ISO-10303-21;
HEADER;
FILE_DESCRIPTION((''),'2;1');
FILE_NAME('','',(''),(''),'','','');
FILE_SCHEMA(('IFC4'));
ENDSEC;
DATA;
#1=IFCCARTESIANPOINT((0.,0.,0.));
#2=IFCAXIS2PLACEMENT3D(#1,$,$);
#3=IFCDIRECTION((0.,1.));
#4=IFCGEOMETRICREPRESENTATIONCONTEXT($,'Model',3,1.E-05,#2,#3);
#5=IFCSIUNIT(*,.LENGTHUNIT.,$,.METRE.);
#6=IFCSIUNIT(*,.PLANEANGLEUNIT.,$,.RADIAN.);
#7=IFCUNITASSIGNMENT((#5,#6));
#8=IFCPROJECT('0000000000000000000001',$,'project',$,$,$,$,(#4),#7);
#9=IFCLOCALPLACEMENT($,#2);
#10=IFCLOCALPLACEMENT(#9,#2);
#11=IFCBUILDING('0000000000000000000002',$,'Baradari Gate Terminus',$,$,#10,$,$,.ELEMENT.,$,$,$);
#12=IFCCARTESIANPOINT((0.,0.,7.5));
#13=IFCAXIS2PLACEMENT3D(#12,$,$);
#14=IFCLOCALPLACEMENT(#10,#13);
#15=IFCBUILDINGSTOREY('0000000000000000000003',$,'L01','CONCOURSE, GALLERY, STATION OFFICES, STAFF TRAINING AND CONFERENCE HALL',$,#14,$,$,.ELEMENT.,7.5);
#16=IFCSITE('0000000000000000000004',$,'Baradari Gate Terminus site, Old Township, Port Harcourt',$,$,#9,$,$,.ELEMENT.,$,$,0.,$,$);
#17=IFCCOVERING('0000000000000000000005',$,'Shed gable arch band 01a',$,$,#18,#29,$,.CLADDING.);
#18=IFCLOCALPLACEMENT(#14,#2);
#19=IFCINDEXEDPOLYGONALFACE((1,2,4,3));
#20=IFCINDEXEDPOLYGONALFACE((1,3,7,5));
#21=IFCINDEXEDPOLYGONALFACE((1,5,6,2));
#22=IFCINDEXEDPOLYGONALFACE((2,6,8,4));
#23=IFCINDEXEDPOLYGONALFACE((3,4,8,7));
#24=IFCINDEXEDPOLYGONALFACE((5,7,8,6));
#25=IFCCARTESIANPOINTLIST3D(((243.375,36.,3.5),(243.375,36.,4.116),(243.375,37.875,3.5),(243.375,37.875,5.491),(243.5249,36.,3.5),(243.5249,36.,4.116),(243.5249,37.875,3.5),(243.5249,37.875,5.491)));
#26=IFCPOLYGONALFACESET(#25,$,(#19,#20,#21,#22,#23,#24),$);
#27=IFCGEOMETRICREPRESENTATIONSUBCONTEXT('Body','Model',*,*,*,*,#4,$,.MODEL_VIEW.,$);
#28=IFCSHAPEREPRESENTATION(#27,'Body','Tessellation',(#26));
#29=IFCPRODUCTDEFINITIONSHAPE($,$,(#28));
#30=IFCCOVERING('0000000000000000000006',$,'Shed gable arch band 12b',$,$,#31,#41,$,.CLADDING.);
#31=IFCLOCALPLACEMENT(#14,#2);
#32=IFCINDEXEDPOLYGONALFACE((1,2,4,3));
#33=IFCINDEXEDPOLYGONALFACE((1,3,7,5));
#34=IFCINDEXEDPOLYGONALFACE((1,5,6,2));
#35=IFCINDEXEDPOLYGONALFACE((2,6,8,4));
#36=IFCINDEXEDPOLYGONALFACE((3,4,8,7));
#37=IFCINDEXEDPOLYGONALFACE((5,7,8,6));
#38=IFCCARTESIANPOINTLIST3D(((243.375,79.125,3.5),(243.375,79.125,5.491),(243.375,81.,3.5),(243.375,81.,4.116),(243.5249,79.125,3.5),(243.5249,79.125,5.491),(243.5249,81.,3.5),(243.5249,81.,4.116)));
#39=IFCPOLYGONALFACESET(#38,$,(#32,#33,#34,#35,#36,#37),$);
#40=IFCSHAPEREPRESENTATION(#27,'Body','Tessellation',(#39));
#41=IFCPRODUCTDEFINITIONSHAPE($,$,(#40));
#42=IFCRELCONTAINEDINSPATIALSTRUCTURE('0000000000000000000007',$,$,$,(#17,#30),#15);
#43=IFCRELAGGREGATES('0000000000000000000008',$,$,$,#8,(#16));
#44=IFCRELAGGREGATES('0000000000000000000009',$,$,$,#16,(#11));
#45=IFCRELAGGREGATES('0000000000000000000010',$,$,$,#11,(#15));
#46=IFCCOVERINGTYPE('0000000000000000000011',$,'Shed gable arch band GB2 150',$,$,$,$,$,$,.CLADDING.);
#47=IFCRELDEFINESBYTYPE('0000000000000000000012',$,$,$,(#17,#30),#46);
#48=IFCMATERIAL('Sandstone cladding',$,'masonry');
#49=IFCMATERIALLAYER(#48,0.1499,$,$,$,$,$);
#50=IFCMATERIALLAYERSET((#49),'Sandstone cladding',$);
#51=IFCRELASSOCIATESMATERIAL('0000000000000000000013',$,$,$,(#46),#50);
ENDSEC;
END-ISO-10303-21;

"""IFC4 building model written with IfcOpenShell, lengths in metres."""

from ifc_helpers import new_model, si_unit, direction, frame, origin, place, context, subcontext, project, spatial, polyline, outline, extrude, material, layer, layer_set, type_object, element, save


model = new_model("IFC4")

# Units and contexts
model_context = context("Model", 3, precision=1e-05, world=origin(), true_north=direction((0.0, 1.0)))
body_context = subcontext(model_context, "Body", "Model", "MODEL_VIEW")
ifc_project = project(units=[si_unit("LENGTHUNIT", "METRE"), si_unit("PLANEANGLEUNIT", "RADIAN")], contexts=[model_context])

# Site, building, storey
site_placement = place(None, origin())
site = spatial("IfcSite", under=ifc_project, at=site_placement, Name="Baradari Gate Terminus site, Old Township, Port Harcourt", CompositionType="ELEMENT", RefElevation=0.0)
building_placement = place(site_placement, origin())
building = spatial("IfcBuilding", under=site, at=building_placement, Name="Baradari Gate Terminus", CompositionType="ELEMENT")
storey_placement = place(building_placement, frame((0.0, 0.0, 7.5)))
storey = spatial("IfcBuildingStorey", under=building, at=storey_placement, Name="L01", Description="CONCOURSE, GALLERY, STATION OFFICES, STAFF TRAINING AND CONFERENCE HALL", CompositionType="ELEMENT", Elevation=7.5)

# Coverings
ifc_material_1 = material(Name="Sandstone cladding", Category="masonry")
ifc_layer_1 = layer(ifc_material_1, 0.1499)
ifc_layer_set_1 = layer_set([ifc_layer_1], Name="Sandstone cladding")
covering_type = type_object("IfcCoveringType", Name="Shed gable arch band GB2 150", PredefinedType="CLADDING", material=ifc_layer_set_1)
covering_1_placement = place(storey_placement, frame((243.45, 36.0, 3.5), z_axis=(0.0, 0.0, 1.0), x_axis=(0.0, 1.0, 0.0)))
element("IfcCovering", 1, at=covering_1_placement, inside=storey, type_object=covering_type, Name="Shed gable arch band 01a", PredefinedType="CLADDING", context=body_context, shape_type="SweptSolid", body=[
    extrude(outline(polyline([(1.875, 0.0), (1.875, 1.991), (0.0, 0.616), (0.0, 0.0), (1.875, 0.0)])), frame((0.0, 0.075, 0.0), z_axis=(0.0, -1.0, 0.0), x_axis=(1.0, 0.0, 0.0)), (0.0, 0.0, 1.0), 0.1499),
])
covering_2_placement = place(storey_placement, frame((243.45, 79.125, 3.5), z_axis=(0.0, 0.0, 1.0), x_axis=(0.0, 1.0, 0.0)))
element("IfcCovering", 2, at=covering_2_placement, inside=storey, type_object=covering_type, Name="Shed gable arch band 12b", PredefinedType="CLADDING", context=body_context, shape_type="SweptSolid", body=[
    extrude(outline(polyline([(1.875, 0.0), (1.875, 0.616), (0.0, 1.991), (0.0, 0.0), (1.875, 0.0)])), frame((0.0, 0.075, 0.0), z_axis=(0.0, -1.0, 0.0), x_axis=(1.0, 0.0, 0.0)), (0.0, 0.0, 1.0), 0.1499),
])

save(model, "model.ifc")
